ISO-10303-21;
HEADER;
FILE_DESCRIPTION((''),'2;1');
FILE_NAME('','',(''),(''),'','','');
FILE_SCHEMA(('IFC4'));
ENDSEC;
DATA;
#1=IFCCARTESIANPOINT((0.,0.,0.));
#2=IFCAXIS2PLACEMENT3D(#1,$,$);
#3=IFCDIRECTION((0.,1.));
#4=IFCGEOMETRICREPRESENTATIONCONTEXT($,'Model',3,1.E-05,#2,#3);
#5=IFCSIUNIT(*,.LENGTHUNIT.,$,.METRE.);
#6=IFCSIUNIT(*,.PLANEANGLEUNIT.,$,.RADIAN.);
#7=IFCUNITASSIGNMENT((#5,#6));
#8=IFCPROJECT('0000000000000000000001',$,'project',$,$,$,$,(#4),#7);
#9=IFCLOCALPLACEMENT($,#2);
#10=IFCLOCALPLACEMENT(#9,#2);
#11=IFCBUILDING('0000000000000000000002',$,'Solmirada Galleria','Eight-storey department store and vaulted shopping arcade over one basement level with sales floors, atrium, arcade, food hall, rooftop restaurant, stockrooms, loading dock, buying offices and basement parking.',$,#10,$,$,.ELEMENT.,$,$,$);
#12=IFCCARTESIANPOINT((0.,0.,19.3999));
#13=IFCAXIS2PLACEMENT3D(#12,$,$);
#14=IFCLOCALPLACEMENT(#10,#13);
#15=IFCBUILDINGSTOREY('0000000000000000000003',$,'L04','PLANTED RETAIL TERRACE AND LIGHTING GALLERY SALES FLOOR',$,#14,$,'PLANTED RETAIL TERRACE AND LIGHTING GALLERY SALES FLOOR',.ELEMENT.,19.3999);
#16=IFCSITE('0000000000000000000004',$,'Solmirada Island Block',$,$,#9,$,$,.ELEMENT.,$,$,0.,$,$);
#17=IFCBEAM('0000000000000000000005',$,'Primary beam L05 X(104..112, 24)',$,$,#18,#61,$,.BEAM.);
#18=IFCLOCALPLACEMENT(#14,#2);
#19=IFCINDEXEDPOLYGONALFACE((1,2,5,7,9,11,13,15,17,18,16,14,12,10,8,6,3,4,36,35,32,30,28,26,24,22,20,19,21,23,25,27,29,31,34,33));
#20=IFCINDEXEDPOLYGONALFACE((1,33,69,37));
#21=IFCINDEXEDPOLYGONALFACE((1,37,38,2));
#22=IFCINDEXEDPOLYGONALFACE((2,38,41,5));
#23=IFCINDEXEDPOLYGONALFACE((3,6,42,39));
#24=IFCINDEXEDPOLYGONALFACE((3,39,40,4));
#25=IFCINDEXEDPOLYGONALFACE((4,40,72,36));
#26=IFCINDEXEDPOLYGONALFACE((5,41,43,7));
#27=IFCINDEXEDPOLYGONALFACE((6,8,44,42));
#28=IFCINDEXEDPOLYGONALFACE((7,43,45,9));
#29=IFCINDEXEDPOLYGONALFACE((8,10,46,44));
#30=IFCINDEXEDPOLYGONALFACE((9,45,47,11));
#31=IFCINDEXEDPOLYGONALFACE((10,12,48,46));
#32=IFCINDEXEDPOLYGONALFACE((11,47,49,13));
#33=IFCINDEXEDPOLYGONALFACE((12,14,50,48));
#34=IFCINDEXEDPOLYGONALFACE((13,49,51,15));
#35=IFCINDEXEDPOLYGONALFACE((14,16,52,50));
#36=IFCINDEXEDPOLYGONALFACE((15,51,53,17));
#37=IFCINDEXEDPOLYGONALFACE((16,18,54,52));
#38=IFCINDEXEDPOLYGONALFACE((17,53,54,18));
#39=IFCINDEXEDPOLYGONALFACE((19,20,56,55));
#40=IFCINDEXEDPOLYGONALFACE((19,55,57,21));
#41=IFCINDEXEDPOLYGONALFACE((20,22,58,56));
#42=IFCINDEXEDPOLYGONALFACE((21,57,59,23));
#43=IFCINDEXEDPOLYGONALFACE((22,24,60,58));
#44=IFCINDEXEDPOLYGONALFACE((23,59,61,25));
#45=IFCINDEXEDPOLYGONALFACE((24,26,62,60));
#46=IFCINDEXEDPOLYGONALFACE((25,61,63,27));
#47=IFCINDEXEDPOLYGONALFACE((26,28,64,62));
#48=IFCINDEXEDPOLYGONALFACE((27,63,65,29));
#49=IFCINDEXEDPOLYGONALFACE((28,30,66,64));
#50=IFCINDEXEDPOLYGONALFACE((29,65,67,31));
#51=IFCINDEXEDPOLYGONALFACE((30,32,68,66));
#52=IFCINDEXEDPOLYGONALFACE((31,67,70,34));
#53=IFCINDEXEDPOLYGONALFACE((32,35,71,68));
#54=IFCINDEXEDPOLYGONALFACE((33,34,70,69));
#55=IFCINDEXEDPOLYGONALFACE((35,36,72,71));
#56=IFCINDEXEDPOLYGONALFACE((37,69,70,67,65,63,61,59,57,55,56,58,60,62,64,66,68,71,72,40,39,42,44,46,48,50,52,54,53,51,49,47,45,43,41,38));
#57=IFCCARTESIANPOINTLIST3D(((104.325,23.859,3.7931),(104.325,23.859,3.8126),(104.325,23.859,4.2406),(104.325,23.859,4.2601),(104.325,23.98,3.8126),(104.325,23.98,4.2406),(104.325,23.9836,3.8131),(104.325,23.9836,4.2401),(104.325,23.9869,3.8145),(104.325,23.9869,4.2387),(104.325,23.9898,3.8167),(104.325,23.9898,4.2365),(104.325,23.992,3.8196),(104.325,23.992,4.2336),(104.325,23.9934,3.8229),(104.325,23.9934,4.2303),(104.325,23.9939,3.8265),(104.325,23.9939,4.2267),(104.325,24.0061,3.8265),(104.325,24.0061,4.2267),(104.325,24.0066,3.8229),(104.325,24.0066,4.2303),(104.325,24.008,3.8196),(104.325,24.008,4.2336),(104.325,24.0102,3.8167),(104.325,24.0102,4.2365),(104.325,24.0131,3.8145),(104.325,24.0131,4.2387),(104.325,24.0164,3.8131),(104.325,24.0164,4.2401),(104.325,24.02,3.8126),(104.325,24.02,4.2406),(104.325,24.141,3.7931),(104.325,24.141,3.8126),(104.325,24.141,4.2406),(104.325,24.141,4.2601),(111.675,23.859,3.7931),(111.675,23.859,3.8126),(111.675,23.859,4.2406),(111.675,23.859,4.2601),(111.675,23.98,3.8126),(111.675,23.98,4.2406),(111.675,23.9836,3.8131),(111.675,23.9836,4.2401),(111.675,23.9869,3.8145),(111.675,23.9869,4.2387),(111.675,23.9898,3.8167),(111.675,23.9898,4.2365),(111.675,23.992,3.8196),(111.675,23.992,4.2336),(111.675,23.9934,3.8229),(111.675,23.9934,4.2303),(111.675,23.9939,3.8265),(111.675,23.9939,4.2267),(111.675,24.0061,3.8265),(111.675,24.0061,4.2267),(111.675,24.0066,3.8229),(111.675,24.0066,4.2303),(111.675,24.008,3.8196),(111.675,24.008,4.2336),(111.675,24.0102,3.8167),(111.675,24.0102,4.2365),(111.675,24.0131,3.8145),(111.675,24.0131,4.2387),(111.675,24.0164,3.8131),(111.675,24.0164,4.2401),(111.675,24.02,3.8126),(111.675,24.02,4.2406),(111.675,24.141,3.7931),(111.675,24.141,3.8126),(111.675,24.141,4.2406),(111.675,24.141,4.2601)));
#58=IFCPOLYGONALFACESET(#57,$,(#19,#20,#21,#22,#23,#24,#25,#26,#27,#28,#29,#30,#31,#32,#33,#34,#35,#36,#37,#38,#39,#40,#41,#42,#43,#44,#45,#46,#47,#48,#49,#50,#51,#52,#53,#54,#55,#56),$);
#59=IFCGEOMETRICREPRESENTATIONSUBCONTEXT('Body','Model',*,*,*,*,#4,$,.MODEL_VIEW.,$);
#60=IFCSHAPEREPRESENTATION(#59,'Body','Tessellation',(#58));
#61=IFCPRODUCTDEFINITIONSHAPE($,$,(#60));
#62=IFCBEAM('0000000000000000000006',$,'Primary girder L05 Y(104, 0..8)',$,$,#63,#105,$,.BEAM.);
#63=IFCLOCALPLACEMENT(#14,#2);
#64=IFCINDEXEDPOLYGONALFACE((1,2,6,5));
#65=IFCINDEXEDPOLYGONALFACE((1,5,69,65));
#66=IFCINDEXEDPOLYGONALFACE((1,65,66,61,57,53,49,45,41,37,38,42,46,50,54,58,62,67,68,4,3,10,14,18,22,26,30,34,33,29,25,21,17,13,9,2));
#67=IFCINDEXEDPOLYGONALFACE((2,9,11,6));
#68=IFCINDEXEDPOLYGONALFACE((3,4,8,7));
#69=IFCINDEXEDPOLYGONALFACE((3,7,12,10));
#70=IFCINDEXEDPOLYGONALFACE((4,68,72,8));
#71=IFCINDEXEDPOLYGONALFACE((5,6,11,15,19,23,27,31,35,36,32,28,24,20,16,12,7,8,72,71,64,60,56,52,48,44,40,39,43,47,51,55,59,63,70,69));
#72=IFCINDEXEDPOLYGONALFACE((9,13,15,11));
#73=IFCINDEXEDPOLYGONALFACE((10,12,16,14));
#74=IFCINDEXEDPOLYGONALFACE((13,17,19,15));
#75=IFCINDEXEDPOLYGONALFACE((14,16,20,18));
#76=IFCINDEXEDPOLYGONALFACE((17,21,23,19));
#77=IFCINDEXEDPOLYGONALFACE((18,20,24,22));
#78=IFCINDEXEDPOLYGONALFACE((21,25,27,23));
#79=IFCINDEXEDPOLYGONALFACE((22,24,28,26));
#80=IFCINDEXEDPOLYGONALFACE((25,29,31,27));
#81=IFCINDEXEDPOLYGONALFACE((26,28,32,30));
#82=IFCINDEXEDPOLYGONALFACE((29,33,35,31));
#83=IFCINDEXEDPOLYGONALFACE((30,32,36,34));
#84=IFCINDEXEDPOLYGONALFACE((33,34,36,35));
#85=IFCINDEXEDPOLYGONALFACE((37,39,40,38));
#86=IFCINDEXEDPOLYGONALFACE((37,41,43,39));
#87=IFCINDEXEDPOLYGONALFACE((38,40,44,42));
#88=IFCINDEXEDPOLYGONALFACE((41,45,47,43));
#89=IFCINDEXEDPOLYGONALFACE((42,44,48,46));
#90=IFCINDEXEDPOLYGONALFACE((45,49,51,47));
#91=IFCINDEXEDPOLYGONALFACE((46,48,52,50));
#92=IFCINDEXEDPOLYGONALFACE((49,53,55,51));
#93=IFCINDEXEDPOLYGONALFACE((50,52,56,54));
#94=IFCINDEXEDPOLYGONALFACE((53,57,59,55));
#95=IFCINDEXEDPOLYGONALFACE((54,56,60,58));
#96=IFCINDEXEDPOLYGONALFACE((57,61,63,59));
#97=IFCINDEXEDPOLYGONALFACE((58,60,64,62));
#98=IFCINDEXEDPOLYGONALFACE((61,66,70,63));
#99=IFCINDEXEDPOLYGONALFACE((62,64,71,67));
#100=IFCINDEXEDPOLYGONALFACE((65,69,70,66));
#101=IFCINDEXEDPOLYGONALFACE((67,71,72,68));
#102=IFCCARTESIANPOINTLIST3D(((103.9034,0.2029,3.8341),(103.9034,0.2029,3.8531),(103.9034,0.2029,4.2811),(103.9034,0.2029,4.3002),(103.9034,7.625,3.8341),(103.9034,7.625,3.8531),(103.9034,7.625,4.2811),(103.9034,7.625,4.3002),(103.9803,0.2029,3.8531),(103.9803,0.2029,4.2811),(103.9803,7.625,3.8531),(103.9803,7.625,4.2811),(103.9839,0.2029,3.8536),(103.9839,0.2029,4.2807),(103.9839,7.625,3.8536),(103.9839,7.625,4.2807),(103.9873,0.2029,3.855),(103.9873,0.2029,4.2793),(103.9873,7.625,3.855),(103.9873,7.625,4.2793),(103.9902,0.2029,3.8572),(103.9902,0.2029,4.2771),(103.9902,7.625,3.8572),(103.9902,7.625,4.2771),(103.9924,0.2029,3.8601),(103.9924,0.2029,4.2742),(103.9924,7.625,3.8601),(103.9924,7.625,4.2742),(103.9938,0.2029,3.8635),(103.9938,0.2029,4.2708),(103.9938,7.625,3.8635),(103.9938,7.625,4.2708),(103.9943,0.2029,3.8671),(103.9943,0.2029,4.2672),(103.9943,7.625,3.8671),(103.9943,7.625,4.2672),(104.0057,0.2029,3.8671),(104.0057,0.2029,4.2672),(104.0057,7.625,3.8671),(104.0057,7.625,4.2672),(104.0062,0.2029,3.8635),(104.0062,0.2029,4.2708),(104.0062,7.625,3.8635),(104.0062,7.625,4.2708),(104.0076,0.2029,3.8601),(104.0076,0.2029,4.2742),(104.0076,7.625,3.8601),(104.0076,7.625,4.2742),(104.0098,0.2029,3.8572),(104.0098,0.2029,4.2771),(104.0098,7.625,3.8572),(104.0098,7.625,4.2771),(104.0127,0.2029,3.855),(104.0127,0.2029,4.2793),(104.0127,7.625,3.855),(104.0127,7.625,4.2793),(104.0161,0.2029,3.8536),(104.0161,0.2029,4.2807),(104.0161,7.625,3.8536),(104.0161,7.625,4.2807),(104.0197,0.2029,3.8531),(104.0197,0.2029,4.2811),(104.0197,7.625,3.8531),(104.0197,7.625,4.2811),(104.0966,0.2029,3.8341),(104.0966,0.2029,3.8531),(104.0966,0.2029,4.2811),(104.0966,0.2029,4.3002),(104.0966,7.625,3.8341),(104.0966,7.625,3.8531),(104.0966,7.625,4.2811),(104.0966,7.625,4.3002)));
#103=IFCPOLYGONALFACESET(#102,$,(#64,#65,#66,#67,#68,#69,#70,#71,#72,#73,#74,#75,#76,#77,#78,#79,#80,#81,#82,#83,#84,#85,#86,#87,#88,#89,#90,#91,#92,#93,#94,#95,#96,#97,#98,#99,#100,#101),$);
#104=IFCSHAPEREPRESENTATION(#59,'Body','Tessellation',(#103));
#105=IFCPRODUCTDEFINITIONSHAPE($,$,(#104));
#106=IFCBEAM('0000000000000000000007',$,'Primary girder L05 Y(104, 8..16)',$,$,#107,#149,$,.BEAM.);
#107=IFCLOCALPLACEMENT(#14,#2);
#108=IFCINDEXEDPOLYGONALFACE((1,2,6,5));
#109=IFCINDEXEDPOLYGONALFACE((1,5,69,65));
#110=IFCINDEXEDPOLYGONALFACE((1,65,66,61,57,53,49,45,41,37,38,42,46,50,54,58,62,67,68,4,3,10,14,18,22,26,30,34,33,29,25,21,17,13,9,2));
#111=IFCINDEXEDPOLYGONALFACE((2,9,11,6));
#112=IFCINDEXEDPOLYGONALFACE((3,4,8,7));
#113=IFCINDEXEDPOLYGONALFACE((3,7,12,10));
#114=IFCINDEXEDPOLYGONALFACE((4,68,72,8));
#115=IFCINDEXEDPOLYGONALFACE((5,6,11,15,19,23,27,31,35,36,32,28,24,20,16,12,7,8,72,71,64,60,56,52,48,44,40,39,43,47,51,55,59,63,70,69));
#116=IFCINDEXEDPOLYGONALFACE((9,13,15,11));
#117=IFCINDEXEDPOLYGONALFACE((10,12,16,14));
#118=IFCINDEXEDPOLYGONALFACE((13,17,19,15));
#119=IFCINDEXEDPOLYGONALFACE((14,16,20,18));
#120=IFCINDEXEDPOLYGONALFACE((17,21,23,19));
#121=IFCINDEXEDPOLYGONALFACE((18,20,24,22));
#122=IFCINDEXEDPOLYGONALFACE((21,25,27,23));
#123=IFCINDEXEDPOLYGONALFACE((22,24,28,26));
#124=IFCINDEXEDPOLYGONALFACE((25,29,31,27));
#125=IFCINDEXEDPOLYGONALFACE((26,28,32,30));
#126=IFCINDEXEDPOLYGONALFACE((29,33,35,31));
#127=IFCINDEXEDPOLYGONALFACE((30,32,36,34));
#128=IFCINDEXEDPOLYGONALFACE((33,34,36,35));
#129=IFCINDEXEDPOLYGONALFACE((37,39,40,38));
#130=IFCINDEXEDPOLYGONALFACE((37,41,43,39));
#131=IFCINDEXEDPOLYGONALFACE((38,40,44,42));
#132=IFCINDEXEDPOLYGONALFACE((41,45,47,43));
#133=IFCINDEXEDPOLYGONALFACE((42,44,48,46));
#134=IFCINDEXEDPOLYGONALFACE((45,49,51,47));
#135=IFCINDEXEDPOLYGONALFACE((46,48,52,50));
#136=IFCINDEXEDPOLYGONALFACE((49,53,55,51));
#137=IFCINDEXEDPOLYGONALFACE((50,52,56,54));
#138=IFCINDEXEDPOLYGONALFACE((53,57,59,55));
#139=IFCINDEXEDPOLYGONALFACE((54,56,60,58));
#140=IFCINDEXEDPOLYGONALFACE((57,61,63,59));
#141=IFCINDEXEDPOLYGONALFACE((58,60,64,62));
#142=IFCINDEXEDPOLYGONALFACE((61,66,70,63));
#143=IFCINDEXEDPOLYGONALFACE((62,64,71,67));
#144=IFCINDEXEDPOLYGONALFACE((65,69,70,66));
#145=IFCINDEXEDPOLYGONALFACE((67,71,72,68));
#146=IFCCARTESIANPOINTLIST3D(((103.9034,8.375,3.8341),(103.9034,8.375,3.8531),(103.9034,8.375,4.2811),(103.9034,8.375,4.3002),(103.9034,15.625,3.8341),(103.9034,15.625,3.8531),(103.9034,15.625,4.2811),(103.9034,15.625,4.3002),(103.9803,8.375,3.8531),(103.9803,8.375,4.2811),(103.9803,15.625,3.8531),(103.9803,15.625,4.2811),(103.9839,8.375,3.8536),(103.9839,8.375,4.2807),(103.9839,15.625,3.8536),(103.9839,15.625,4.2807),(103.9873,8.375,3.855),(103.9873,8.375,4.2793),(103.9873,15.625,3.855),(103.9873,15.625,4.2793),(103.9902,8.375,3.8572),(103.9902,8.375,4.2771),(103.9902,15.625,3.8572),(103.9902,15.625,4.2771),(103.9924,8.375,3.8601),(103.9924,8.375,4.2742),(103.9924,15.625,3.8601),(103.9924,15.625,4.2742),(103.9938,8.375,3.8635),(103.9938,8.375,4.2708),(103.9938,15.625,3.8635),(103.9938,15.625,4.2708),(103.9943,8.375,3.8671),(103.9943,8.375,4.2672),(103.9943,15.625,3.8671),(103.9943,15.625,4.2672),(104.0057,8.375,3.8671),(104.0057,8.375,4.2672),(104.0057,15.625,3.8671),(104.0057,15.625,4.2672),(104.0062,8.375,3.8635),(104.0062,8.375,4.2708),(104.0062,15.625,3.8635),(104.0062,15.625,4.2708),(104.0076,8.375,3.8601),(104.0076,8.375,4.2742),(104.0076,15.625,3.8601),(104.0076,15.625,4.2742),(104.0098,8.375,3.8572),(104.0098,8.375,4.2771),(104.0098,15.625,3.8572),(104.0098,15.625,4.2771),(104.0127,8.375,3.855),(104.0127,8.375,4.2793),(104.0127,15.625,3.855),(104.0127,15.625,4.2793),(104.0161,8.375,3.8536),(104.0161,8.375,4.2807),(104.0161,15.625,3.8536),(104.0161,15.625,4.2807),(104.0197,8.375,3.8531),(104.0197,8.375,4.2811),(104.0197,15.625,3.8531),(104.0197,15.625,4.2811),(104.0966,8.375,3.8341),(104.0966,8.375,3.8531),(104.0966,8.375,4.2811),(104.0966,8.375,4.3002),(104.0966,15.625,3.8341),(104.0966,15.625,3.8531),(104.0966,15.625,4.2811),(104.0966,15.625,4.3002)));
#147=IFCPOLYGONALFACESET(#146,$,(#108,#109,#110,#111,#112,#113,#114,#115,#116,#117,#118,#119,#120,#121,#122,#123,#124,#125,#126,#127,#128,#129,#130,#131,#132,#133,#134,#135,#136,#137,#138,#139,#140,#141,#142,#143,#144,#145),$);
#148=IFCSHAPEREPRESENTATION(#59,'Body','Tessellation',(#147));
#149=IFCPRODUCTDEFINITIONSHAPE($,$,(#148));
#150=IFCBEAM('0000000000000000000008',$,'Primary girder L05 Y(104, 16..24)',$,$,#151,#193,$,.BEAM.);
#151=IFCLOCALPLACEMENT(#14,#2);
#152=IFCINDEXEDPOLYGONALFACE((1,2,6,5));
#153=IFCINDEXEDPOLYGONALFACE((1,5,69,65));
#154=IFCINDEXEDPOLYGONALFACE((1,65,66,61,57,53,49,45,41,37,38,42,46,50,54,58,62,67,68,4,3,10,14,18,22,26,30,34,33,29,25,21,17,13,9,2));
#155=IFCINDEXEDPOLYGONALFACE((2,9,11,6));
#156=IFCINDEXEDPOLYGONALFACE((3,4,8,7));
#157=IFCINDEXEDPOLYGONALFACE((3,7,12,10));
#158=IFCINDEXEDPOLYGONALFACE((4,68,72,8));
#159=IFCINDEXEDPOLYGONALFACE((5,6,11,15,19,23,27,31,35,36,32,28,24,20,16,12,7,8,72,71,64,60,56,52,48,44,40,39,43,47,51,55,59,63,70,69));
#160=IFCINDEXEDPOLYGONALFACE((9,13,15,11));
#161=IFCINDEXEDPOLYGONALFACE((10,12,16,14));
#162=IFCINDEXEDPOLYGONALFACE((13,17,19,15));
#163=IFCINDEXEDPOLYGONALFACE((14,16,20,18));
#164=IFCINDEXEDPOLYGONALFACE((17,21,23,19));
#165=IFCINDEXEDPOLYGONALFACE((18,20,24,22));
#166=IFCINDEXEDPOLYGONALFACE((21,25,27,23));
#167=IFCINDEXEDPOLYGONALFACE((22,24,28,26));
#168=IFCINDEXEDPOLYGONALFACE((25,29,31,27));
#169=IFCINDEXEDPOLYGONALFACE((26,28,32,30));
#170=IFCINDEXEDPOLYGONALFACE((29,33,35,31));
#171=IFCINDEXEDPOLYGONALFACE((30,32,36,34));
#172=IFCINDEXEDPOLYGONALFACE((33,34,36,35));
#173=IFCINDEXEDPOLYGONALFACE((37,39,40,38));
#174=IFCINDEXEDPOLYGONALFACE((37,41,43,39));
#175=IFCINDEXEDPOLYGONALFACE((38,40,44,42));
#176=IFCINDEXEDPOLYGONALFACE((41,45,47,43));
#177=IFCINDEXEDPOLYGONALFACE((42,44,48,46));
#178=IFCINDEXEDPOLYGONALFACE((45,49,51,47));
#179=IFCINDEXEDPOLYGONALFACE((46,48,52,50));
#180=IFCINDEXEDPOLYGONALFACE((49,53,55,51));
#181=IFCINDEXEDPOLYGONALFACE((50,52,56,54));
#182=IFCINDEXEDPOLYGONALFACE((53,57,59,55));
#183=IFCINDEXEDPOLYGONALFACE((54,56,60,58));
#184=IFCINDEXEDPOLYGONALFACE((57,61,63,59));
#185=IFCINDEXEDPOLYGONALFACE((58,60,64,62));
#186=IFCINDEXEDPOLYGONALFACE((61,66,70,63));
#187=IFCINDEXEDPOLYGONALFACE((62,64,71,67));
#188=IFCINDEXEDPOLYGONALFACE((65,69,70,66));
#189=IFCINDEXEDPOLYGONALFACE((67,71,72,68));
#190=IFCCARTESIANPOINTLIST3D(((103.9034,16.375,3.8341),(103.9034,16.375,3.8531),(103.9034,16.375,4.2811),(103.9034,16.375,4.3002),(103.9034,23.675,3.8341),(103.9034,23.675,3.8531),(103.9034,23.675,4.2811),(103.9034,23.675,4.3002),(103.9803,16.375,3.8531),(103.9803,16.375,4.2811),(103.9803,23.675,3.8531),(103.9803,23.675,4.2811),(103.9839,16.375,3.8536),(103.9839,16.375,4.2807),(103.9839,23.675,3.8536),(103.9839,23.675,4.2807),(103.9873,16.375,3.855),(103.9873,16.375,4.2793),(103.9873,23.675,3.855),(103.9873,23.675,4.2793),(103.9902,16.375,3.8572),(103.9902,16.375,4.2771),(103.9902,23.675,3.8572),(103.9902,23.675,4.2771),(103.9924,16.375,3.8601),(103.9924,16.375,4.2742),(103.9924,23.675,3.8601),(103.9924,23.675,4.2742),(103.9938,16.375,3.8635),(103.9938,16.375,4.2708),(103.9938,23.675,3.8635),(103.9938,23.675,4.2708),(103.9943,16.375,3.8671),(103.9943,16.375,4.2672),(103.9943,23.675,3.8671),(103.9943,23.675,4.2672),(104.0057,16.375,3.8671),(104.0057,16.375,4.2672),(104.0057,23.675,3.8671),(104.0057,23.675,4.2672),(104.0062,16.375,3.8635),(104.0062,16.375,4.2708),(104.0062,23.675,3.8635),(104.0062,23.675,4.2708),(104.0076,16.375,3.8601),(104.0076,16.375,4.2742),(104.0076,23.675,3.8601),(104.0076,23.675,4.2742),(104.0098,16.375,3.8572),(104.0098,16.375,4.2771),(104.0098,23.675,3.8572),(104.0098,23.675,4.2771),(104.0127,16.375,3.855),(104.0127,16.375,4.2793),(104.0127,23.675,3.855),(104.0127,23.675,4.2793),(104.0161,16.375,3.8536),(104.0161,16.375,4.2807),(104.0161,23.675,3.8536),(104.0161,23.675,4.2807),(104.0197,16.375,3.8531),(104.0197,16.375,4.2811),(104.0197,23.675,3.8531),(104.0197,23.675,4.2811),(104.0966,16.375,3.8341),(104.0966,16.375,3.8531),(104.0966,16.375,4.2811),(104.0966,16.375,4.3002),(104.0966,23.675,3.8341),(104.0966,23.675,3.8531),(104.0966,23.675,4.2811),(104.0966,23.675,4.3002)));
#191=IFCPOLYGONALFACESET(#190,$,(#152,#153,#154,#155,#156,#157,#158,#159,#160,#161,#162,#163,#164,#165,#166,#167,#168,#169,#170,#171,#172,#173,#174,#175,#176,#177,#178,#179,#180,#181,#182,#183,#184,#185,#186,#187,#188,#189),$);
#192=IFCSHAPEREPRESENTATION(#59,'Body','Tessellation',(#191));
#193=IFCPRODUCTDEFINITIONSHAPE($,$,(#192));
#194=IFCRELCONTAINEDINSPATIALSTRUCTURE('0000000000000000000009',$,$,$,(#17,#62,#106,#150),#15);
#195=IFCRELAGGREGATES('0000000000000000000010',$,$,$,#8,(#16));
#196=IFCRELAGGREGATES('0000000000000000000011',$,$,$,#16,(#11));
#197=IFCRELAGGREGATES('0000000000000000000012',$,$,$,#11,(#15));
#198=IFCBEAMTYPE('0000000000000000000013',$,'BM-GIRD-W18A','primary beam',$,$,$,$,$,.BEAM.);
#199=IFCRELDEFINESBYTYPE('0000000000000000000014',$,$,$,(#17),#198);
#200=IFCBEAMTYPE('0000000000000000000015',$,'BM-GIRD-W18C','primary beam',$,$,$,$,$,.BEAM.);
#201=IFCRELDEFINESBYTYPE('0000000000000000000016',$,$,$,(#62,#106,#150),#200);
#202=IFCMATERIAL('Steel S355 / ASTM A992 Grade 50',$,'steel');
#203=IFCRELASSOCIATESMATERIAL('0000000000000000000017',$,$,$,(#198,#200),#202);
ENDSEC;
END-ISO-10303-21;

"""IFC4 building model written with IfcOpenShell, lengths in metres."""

from ifc_helpers import new_model, si_unit, direction, frame, origin, origin_2d, place, context, subcontext, project, spatial, i_section, extrude, material, material_profile, profile_set, type_object, element, save


model = new_model("IFC4")

# Units and contexts
model_context = context("Model", 3, precision=1e-05, world=origin(), true_north=direction((0.0, 1.0)))
body_context = subcontext(model_context, "Body", "Model", "MODEL_VIEW")
ifc_project = project(units=[si_unit("LENGTHUNIT", "METRE"), si_unit("PLANEANGLEUNIT", "RADIAN")], contexts=[model_context])

# Site, building, storey
site_placement = place(None, origin())
site = spatial("IfcSite", under=ifc_project, at=site_placement, Name="Solmirada Island Block", CompositionType="ELEMENT", RefElevation=0.0)
building_placement = place(site_placement, origin())
building = spatial("IfcBuilding", under=site, at=building_placement, Name="Solmirada Galleria", Description="Eight-storey department store and vaulted shopping arcade over one basement level with sales floors, atrium, arcade, food hall, rooftop restaurant, stockrooms, loading dock, buying offices and basement parking.", CompositionType="ELEMENT")
storey_placement = place(building_placement, frame((0.0, 0.0, 19.3999)))
storey = spatial("IfcBuildingStorey", under=building, at=storey_placement, Name="L04", Description="PLANTED RETAIL TERRACE AND LIGHTING GALLERY SALES FLOOR", LongName="PLANTED RETAIL TERRACE AND LIGHTING GALLERY SALES FLOOR", CompositionType="ELEMENT", Elevation=19.3999)

# Beams
ifc_material_1 = material(Name="Steel S355 / ASTM A992 Grade 50", Category="steel")
ifc_material_profile_1 = material_profile(ifc_material_1, i_section(OverallWidth=0.282, OverallDepth=0.467, WebThickness=0.0122, FlangeThickness=0.0195, FilletRadius=0.0139, at=origin_2d()), Name="W18X86")
ifc_profile_set_1 = profile_set([ifc_material_profile_1], Name="Steel S355 / ASTM A992 Grade 50")
beam_type_1 = type_object("IfcBeamType", Name="BM-GIRD-W18A", Description="primary beam", PredefinedType="BEAM", material=ifc_profile_set_1)
beam_1_placement = place(storey_placement, frame((104.325, 24.0, 4.0266), z_axis=(1.0, 0.0, 0.0), x_axis=(0.0, 1.0, 0.0)))
element("IfcBeam", 1, at=beam_1_placement, inside=storey, type_object=beam_type_1, Name="Primary beam L05 X(104..112, 24)", PredefinedType="BEAM", context=body_context, shape_type="SweptSolid", body=[
    extrude(i_section(OverallWidth=0.282, OverallDepth=0.467, WebThickness=0.0122, FlangeThickness=0.0195, FilletRadius=0.0139, at=origin_2d()), origin(), (0.0, 0.0, 1.0), 7.3501),
])
ifc_material_profile_2 = material_profile(ifc_material_1, i_section(OverallWidth=0.1931, OverallDepth=0.4661, WebThickness=0.0115, FlangeThickness=0.019, FilletRadius=0.0139, at=origin_2d()), Name="W18X65")
ifc_profile_set_2 = profile_set([ifc_material_profile_2], Name="Steel S355 / ASTM A992 Grade 50")
beam_type_2 = type_object("IfcBeamType", Name="BM-GIRD-W18C", Description="primary beam", PredefinedType="BEAM", material=ifc_profile_set_2)
beam_2_placement = place(storey_placement, frame((104.0, 0.2029, 4.0671), z_axis=(0.0, 1.0, 0.0), x_axis=(-1.0, 0.0, 0.0)))
element("IfcBeam", 2, at=beam_2_placement, inside=storey, type_object=beam_type_2, Name="Primary girder L05 Y(104, 0..8)", PredefinedType="BEAM", context=body_context, shape_type="SweptSolid", body=[
    extrude(i_section(OverallWidth=0.1931, OverallDepth=0.4661, WebThickness=0.0115, FlangeThickness=0.019, FilletRadius=0.0139, at=origin_2d()), origin(), (0.0, 0.0, 1.0), 7.4221),
])
beam_3_placement = place(storey_placement, frame((104.0, 8.375, 4.0671), z_axis=(0.0, 1.0, 0.0), x_axis=(-1.0, 0.0, 0.0)))
element("IfcBeam", 3, at=beam_3_placement, inside=storey, type_object=beam_type_2, Name="Primary girder L05 Y(104, 8..16)", PredefinedType="BEAM", context=body_context, shape_type="SweptSolid", body=[
    extrude(i_section(OverallWidth=0.1931, OverallDepth=0.4661, WebThickness=0.0115, FlangeThickness=0.019, FilletRadius=0.0139, at=origin_2d()), origin(), (0.0, 0.0, 1.0), 7.25),
])
beam_4_placement = place(storey_placement, frame((104.0, 16.375, 4.0671), z_axis=(0.0, 1.0, 0.0), x_axis=(-1.0, 0.0, 0.0)))
element("IfcBeam", 4, at=beam_4_placement, inside=storey, type_object=beam_type_2, Name="Primary girder L05 Y(104, 16..24)", PredefinedType="BEAM", context=body_context, shape_type="SweptSolid", body=[
    extrude(i_section(OverallWidth=0.1931, OverallDepth=0.4661, WebThickness=0.0115, FlangeThickness=0.019, FilletRadius=0.0139, at=origin_2d()), origin(), (0.0, 0.0, 1.0), 7.3),
])

save(model, "model.ifc")
